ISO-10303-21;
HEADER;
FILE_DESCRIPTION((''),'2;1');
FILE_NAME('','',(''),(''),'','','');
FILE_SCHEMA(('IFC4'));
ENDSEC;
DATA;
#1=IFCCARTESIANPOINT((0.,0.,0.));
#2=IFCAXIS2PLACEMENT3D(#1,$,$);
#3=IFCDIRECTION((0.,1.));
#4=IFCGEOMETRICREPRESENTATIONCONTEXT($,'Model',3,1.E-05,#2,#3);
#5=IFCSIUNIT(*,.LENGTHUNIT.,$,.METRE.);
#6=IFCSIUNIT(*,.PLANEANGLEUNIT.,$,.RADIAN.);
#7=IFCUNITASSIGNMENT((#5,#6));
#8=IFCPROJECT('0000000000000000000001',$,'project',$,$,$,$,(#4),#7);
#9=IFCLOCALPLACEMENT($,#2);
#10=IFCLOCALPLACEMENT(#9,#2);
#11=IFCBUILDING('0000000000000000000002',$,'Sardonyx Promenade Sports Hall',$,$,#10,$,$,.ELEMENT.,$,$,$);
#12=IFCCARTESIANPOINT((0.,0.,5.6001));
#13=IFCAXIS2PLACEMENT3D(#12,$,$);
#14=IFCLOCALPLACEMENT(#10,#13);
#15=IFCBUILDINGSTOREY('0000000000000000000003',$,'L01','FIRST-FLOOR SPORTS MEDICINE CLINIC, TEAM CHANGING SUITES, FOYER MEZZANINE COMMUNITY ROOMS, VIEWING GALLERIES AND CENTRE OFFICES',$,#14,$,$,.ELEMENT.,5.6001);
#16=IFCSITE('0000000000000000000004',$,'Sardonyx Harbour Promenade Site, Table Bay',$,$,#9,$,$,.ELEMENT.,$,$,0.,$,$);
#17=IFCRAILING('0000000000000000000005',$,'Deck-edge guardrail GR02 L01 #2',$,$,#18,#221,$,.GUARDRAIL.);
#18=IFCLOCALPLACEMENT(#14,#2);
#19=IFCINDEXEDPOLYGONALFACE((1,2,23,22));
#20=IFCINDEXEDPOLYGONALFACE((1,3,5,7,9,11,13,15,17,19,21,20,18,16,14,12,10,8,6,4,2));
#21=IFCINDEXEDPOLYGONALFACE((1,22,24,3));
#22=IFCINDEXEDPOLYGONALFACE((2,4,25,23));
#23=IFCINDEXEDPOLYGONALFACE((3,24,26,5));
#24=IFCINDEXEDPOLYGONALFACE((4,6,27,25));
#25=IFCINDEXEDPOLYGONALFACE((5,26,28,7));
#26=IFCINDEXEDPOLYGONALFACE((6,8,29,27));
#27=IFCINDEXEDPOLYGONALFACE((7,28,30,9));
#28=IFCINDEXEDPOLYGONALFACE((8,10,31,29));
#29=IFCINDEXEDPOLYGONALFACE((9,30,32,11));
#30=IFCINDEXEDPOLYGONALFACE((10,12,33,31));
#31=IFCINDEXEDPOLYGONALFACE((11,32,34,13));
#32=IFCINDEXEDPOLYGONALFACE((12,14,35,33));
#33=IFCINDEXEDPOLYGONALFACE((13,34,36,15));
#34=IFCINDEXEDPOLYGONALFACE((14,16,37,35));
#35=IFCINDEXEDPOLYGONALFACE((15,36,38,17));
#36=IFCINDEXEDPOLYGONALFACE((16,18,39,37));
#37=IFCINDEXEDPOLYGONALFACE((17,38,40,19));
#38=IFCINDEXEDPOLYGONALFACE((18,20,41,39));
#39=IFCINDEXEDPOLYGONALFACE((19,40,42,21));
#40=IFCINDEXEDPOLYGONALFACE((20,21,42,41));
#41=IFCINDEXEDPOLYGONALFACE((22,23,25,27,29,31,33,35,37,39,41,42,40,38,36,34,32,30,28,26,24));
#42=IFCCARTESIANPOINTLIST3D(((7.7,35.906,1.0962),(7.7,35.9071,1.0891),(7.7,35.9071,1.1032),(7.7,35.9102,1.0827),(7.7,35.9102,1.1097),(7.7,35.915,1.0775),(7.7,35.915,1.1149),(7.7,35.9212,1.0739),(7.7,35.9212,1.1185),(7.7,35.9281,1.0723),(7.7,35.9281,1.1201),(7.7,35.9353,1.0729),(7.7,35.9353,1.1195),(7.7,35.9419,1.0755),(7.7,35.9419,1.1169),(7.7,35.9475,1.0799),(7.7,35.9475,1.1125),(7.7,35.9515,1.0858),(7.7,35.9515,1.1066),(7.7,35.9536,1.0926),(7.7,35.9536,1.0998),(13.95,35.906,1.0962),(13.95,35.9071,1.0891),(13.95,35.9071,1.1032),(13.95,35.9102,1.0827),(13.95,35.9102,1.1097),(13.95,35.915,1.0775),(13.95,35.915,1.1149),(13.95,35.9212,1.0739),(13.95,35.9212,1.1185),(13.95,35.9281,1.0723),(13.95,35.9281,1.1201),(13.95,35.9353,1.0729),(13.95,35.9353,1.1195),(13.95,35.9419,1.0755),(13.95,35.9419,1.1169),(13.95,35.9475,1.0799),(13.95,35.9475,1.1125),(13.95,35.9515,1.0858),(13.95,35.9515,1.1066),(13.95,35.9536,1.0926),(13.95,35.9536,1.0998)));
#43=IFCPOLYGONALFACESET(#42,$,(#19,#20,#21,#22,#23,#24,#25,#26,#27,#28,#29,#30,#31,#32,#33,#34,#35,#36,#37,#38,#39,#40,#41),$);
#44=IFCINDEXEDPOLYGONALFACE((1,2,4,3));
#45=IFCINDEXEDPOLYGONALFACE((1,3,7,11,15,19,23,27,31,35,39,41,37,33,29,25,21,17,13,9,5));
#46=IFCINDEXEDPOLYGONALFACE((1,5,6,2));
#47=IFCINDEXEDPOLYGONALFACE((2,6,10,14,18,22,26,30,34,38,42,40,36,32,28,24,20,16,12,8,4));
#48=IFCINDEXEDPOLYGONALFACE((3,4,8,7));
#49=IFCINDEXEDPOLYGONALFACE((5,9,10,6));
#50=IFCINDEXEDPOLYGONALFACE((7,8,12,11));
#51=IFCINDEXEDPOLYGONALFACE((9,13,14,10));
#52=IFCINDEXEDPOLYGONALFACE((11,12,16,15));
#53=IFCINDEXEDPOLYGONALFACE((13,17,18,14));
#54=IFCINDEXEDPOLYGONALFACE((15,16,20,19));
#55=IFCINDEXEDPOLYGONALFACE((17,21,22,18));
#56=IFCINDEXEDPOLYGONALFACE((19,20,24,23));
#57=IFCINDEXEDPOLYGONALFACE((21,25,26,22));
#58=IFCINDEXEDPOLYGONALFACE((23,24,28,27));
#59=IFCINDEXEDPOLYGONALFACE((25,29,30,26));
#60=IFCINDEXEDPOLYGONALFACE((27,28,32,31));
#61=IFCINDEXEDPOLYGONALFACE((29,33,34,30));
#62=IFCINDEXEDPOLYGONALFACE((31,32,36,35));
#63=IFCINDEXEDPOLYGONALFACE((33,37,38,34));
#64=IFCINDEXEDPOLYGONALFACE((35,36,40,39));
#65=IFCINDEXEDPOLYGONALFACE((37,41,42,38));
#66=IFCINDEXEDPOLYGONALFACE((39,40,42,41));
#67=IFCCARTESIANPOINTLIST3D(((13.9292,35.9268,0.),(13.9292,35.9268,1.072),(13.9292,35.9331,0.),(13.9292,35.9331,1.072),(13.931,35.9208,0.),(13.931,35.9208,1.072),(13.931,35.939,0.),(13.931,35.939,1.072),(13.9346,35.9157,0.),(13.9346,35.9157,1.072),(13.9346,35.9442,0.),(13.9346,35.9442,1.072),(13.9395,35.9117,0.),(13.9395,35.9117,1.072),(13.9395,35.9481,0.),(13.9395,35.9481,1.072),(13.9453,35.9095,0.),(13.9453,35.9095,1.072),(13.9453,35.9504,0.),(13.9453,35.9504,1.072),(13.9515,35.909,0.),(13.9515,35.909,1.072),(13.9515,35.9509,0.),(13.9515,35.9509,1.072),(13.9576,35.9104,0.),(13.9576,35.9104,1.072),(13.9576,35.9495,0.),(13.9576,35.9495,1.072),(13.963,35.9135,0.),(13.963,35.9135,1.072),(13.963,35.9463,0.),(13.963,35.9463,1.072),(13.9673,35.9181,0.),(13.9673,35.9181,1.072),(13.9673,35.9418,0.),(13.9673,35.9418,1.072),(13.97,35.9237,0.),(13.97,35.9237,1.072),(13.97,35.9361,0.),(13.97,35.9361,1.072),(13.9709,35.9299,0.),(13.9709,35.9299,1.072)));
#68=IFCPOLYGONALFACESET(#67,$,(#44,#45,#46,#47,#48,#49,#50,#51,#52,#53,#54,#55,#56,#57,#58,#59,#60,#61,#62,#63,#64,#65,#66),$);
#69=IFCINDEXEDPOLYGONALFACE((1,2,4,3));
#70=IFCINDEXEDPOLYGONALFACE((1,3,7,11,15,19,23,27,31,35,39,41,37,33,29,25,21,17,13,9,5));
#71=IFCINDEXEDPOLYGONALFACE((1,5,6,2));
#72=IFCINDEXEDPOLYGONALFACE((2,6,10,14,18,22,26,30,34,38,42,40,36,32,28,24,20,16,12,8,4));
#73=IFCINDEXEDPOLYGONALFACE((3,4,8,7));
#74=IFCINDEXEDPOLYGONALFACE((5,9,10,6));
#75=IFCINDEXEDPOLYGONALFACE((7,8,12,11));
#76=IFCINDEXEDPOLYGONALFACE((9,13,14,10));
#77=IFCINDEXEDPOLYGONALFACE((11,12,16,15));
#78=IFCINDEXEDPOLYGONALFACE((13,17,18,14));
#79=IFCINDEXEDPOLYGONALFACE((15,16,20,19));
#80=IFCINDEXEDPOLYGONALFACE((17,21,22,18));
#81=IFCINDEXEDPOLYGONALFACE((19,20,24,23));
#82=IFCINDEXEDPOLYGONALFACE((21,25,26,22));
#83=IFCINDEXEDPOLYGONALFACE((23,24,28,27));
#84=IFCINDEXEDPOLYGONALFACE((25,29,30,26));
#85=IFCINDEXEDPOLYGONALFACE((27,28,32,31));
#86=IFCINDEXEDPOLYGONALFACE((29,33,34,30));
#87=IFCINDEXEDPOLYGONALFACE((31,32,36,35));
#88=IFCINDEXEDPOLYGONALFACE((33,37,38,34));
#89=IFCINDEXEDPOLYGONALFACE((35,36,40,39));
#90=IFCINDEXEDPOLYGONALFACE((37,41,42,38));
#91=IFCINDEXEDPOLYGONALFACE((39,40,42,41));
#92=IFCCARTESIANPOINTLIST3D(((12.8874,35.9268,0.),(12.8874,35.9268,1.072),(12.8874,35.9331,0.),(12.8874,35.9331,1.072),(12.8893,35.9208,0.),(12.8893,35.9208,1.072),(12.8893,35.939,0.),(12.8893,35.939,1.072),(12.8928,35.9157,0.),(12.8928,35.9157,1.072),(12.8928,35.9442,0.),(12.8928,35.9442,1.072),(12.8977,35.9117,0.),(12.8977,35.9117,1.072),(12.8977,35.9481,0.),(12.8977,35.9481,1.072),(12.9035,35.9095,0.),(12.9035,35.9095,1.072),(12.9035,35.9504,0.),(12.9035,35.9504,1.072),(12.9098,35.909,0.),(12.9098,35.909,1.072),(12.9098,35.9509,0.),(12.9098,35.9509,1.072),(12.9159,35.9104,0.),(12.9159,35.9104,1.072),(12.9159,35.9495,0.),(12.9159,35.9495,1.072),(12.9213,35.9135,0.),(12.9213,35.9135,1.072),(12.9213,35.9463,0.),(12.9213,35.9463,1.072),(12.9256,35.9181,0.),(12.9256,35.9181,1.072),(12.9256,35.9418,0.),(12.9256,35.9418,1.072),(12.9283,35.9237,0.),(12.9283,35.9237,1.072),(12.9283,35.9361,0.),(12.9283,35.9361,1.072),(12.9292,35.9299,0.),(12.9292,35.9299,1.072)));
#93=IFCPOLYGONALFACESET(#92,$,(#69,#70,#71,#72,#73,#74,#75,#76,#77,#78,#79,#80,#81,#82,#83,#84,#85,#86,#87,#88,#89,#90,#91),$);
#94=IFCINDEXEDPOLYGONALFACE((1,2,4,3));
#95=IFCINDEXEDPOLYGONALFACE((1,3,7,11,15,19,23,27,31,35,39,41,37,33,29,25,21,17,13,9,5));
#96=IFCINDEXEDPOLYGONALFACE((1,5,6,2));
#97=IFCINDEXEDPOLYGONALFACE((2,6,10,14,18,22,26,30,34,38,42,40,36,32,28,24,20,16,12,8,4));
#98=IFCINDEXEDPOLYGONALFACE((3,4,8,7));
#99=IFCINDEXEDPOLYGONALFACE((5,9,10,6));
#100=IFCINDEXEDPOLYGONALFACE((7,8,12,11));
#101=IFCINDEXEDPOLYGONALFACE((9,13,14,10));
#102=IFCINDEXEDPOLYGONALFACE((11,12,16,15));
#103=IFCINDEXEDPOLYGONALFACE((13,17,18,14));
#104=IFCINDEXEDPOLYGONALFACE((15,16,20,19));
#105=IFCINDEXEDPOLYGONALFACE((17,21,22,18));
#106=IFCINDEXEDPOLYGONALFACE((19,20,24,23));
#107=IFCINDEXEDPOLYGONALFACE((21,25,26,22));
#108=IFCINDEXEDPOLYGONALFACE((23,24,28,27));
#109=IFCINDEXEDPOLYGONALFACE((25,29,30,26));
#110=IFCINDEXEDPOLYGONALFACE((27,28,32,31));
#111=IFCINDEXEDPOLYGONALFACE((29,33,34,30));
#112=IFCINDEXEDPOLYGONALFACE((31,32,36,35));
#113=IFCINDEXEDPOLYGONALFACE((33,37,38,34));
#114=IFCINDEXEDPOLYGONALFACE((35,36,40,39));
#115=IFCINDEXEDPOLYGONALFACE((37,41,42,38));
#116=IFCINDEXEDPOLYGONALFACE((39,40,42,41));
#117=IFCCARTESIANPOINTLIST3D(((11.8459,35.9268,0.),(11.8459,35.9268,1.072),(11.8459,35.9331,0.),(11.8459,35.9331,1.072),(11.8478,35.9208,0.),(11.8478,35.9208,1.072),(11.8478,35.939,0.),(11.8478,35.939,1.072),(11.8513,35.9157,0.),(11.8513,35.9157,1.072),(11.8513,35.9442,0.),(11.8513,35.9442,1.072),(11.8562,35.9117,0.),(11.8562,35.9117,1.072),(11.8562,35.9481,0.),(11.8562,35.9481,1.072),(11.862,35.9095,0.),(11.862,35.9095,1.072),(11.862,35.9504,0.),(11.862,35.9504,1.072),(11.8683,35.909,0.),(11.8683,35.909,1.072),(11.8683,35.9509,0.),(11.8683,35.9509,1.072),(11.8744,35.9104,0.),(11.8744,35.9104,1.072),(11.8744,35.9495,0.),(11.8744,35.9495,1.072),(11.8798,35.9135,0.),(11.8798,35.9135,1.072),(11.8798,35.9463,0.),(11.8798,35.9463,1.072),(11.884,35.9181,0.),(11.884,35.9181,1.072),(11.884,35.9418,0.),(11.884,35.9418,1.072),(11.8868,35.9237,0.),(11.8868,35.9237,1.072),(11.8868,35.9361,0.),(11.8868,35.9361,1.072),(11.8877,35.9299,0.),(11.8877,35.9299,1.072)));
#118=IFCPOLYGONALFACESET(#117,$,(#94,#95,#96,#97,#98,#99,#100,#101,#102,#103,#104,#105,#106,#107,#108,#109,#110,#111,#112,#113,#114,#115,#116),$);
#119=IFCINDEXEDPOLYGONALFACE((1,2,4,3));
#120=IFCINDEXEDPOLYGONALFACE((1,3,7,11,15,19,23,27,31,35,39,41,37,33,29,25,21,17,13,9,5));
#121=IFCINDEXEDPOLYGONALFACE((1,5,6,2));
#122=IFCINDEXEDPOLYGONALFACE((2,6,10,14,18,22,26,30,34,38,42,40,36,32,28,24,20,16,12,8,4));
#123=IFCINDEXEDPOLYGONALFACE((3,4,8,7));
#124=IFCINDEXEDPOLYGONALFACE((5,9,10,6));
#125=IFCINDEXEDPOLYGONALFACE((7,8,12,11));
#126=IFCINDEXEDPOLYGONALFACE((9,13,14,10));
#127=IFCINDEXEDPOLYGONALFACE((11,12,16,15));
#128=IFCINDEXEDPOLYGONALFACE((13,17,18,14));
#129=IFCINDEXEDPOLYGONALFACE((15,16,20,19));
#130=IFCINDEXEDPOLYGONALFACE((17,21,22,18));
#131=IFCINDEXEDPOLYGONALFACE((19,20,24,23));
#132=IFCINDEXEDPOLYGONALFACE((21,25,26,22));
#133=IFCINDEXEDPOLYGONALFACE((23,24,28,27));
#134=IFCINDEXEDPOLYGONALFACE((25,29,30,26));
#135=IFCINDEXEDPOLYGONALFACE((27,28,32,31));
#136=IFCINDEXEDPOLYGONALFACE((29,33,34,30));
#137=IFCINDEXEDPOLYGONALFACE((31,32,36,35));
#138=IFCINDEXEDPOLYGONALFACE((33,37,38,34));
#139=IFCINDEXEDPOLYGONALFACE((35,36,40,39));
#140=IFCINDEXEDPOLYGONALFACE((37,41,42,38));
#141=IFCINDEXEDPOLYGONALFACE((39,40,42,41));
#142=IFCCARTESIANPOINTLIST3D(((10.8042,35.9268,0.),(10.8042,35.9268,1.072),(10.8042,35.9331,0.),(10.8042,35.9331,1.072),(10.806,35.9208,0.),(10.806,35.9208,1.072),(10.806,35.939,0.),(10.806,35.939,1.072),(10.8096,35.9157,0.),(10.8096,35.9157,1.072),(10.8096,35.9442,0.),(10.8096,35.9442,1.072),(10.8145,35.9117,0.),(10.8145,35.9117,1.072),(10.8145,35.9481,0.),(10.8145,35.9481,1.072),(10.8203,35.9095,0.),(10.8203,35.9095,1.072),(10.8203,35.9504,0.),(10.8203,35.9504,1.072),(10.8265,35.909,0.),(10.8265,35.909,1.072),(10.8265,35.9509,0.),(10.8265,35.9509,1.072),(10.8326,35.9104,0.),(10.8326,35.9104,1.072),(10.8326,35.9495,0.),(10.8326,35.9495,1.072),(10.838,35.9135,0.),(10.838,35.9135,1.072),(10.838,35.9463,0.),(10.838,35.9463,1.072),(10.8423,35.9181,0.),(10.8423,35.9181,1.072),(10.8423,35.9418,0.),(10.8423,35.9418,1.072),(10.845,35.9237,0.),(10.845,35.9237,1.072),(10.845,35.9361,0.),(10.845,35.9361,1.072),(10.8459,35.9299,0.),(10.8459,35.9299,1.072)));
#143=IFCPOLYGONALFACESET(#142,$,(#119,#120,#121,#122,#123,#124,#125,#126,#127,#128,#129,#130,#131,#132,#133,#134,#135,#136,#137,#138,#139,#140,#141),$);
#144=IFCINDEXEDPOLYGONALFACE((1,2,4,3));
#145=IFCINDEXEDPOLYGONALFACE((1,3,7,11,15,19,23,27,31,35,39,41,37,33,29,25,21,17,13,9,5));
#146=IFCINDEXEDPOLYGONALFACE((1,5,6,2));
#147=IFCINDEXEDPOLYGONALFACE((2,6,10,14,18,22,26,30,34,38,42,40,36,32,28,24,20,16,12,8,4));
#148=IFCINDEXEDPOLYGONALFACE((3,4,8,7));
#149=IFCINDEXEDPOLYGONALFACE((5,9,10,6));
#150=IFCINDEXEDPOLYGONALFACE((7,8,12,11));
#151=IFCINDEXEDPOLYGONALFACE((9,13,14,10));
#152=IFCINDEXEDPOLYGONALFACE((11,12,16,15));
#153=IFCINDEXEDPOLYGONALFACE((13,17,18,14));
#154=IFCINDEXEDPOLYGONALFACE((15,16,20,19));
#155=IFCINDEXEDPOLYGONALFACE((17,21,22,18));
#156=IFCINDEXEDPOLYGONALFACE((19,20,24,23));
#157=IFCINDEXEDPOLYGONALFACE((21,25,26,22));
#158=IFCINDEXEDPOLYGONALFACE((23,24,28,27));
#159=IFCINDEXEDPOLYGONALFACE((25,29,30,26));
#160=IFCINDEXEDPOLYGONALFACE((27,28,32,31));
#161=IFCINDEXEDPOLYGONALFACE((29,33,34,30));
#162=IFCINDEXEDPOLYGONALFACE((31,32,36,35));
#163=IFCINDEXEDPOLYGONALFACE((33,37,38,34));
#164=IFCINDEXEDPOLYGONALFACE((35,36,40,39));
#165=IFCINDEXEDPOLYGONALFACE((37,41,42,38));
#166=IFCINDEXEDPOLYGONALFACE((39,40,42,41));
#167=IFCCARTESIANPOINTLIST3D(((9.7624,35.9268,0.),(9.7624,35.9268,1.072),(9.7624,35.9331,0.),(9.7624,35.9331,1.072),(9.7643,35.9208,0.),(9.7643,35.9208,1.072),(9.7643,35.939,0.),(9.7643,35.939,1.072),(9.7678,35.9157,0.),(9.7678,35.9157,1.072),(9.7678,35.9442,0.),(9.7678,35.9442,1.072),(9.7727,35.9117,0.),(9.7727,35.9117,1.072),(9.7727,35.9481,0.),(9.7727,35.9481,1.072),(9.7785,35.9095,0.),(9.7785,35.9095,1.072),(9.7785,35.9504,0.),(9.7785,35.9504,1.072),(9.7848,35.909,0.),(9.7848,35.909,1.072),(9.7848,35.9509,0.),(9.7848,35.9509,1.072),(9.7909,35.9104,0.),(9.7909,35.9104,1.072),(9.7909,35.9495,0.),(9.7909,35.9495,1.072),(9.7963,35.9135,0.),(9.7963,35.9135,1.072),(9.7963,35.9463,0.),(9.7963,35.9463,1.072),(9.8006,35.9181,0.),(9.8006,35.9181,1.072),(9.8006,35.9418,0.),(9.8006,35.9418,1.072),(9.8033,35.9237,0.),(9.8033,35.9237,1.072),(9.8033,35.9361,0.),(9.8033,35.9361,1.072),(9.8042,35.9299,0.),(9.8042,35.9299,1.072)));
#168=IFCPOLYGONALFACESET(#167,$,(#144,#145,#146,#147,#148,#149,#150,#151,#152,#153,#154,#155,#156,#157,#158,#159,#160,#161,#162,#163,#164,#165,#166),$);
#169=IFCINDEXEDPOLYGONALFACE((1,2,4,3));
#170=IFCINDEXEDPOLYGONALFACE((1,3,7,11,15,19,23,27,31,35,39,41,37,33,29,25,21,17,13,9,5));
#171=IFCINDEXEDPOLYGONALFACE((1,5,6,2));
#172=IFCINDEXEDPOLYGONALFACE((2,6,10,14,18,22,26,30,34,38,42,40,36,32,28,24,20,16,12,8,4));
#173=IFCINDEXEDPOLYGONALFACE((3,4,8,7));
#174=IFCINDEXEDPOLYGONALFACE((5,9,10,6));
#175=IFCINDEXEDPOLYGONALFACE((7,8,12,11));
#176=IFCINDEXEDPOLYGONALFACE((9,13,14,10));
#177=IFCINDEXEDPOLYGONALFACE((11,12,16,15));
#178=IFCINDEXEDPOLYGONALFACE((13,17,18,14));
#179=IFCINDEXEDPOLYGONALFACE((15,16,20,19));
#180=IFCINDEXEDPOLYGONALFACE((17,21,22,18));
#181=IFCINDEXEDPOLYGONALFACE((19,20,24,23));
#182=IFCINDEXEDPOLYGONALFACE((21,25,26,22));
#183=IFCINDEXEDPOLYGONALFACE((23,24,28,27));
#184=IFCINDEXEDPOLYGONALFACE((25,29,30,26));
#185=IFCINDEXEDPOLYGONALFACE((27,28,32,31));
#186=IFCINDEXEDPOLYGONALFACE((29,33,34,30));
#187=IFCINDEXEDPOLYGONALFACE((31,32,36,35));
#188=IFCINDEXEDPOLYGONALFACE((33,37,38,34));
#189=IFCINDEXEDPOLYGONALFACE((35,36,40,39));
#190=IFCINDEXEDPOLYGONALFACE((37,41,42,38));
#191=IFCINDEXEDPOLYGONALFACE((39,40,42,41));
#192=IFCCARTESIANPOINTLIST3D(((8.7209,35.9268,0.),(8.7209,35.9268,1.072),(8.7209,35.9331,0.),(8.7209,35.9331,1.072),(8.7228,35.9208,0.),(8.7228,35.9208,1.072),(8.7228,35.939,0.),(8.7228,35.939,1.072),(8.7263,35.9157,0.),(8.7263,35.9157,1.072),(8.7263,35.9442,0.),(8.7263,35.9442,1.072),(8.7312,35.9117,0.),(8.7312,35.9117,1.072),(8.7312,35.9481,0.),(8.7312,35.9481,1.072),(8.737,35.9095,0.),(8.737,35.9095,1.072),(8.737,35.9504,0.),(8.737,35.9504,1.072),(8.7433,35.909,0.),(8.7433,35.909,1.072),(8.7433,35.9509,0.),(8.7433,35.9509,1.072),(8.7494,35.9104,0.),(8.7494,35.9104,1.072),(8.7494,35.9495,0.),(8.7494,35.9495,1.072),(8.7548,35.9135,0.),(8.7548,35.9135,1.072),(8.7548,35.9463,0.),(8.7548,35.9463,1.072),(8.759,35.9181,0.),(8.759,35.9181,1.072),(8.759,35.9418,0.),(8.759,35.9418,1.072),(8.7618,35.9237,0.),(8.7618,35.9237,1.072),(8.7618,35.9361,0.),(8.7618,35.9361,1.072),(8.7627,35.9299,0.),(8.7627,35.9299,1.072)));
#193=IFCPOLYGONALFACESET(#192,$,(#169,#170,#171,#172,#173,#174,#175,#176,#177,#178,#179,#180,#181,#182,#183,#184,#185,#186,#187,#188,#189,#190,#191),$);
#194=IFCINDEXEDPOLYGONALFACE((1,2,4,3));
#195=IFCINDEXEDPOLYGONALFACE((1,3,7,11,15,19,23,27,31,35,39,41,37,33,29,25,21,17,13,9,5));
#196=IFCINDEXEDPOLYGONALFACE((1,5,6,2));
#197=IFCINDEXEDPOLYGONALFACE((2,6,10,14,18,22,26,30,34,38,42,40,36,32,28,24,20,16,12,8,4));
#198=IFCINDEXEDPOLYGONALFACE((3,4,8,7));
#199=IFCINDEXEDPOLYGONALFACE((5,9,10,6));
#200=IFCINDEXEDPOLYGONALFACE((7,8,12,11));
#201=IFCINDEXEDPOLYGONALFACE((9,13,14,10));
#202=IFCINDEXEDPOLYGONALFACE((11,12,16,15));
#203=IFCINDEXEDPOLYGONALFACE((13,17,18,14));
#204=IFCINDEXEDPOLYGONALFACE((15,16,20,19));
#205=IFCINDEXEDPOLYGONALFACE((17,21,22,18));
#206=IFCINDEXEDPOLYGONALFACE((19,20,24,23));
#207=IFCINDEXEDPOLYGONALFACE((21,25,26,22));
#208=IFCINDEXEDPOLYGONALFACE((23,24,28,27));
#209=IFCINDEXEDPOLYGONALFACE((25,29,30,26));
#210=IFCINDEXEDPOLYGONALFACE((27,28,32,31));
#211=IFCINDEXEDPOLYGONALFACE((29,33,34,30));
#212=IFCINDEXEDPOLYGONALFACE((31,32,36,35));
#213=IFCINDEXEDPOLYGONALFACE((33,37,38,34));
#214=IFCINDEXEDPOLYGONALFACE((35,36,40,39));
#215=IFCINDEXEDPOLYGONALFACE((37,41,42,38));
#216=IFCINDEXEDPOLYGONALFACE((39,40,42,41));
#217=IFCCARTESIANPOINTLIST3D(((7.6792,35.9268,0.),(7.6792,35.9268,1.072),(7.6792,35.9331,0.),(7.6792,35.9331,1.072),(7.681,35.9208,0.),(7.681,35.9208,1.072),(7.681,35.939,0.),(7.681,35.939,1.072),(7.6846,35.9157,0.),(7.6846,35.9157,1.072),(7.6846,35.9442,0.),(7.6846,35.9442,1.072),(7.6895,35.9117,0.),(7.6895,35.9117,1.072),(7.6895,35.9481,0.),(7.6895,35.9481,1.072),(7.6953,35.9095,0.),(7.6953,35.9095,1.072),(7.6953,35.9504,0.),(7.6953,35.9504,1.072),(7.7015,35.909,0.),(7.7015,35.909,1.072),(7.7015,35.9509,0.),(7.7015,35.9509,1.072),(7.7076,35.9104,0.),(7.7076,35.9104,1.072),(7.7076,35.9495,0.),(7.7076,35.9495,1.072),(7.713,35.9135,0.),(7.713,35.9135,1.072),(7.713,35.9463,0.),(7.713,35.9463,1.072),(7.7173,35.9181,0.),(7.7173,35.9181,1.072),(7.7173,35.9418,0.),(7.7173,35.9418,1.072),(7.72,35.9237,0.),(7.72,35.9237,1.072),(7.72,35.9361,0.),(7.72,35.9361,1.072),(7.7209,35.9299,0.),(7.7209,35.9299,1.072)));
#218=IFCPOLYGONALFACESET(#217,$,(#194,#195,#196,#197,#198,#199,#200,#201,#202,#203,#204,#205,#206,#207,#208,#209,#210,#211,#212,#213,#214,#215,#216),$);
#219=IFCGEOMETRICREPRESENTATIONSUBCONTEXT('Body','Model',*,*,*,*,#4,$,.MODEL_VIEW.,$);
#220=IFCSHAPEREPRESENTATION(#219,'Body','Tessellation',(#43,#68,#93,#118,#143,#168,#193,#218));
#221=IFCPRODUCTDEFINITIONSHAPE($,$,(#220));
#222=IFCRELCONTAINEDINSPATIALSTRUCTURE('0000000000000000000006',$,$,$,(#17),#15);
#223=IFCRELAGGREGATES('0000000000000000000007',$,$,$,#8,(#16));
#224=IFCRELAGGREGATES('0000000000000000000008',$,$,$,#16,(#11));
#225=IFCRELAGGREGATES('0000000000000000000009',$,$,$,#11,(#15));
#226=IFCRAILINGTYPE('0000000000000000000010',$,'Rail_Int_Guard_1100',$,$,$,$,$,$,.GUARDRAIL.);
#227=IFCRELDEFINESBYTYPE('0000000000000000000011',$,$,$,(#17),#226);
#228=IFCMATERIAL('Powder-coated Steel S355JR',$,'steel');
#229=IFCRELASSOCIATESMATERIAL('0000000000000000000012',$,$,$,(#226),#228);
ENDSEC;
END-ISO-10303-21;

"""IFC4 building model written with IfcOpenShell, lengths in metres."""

from ifc_helpers import new_model, si_unit, direction, frame, origin, origin_2d, place, context, subcontext, project, spatial, circle, extrude, material, type_object, element, save


model = new_model("IFC4")

# Units and contexts
model_context = context("Model", 3, precision=1e-05, world=origin(), true_north=direction((0.0, 1.0)))
body_context = subcontext(model_context, "Body", "Model", "MODEL_VIEW")
ifc_project = project(units=[si_unit("LENGTHUNIT", "METRE"), si_unit("PLANEANGLEUNIT", "RADIAN")], contexts=[model_context])

# Site, building, storey
site_placement = place(None, origin())
site = spatial("IfcSite", under=ifc_project, at=site_placement, Name="Sardonyx Harbour Promenade Site, Table Bay", CompositionType="ELEMENT", RefElevation=0.0)
building_placement = place(site_placement, origin())
building = spatial("IfcBuilding", under=site, at=building_placement, Name="Sardonyx Promenade Sports Hall", CompositionType="ELEMENT")
storey_placement = place(building_placement, frame((0.0, 0.0, 5.6001)))
storey = spatial("IfcBuildingStorey", under=building, at=storey_placement, Name="L01", Description="FIRST-FLOOR SPORTS MEDICINE CLINIC, TEAM CHANGING SUITES, FOYER MEZZANINE COMMUNITY ROOMS, VIEWING GALLERIES AND CENTRE OFFICES", CompositionType="ELEMENT", Elevation=5.6001)

# Railing
ifc_material_1 = material(Name="Powder-coated Steel S355JR", Category="steel")
railing_type = type_object("IfcRailingType", Name="Rail_Int_Guard_1100", PredefinedType="GUARDRAIL", material=ifc_material_1)
railing_1_placement = place(storey_placement, frame((13.95, 35.9299, 0.0)))
element("IfcRailing", 1, at=railing_1_placement, inside=storey, type_object=railing_type, Name="Deck-edge guardrail GR02 L01 #2", PredefinedType="GUARDRAIL", context=body_context, shape_type="SweptSolid", body=[
    extrude(circle(Radius=0.0239, at=origin_2d()), frame((0.0, 0.0, 1.0962), z_axis=(-1.0, 0.0, 0.0), x_axis=(0.0, -1.0, 0.0)), (0.0, 0.0, 1.0), 6.25),
    extrude(circle(Radius=0.021, at=origin_2d()), origin(), (0.0, 0.0, 1.0), 1.072),
    extrude(circle(Radius=0.021, at=origin_2d()), frame((-1.0417, 0.0, 0.0)), (0.0, 0.0, 1.0), 1.072),
    extrude(circle(Radius=0.021, at=origin_2d()), frame((-2.0833, 0.0, 0.0)), (0.0, 0.0, 1.0), 1.072),
    extrude(circle(Radius=0.021, at=origin_2d()), frame((-3.125, 0.0, 0.0)), (0.0, 0.0, 1.0), 1.072),
    extrude(circle(Radius=0.021, at=origin_2d()), frame((-4.1667, 0.0, 0.0)), (0.0, 0.0, 1.0), 1.072),
    extrude(circle(Radius=0.021, at=origin_2d()), frame((-5.2083, 0.0, 0.0)), (0.0, 0.0, 1.0), 1.072),
    extrude(circle(Radius=0.021, at=origin_2d()), frame((-6.25, 0.0, 0.0)), (0.0, 0.0, 1.0), 1.072),
])

save(model, "model.ifc")
